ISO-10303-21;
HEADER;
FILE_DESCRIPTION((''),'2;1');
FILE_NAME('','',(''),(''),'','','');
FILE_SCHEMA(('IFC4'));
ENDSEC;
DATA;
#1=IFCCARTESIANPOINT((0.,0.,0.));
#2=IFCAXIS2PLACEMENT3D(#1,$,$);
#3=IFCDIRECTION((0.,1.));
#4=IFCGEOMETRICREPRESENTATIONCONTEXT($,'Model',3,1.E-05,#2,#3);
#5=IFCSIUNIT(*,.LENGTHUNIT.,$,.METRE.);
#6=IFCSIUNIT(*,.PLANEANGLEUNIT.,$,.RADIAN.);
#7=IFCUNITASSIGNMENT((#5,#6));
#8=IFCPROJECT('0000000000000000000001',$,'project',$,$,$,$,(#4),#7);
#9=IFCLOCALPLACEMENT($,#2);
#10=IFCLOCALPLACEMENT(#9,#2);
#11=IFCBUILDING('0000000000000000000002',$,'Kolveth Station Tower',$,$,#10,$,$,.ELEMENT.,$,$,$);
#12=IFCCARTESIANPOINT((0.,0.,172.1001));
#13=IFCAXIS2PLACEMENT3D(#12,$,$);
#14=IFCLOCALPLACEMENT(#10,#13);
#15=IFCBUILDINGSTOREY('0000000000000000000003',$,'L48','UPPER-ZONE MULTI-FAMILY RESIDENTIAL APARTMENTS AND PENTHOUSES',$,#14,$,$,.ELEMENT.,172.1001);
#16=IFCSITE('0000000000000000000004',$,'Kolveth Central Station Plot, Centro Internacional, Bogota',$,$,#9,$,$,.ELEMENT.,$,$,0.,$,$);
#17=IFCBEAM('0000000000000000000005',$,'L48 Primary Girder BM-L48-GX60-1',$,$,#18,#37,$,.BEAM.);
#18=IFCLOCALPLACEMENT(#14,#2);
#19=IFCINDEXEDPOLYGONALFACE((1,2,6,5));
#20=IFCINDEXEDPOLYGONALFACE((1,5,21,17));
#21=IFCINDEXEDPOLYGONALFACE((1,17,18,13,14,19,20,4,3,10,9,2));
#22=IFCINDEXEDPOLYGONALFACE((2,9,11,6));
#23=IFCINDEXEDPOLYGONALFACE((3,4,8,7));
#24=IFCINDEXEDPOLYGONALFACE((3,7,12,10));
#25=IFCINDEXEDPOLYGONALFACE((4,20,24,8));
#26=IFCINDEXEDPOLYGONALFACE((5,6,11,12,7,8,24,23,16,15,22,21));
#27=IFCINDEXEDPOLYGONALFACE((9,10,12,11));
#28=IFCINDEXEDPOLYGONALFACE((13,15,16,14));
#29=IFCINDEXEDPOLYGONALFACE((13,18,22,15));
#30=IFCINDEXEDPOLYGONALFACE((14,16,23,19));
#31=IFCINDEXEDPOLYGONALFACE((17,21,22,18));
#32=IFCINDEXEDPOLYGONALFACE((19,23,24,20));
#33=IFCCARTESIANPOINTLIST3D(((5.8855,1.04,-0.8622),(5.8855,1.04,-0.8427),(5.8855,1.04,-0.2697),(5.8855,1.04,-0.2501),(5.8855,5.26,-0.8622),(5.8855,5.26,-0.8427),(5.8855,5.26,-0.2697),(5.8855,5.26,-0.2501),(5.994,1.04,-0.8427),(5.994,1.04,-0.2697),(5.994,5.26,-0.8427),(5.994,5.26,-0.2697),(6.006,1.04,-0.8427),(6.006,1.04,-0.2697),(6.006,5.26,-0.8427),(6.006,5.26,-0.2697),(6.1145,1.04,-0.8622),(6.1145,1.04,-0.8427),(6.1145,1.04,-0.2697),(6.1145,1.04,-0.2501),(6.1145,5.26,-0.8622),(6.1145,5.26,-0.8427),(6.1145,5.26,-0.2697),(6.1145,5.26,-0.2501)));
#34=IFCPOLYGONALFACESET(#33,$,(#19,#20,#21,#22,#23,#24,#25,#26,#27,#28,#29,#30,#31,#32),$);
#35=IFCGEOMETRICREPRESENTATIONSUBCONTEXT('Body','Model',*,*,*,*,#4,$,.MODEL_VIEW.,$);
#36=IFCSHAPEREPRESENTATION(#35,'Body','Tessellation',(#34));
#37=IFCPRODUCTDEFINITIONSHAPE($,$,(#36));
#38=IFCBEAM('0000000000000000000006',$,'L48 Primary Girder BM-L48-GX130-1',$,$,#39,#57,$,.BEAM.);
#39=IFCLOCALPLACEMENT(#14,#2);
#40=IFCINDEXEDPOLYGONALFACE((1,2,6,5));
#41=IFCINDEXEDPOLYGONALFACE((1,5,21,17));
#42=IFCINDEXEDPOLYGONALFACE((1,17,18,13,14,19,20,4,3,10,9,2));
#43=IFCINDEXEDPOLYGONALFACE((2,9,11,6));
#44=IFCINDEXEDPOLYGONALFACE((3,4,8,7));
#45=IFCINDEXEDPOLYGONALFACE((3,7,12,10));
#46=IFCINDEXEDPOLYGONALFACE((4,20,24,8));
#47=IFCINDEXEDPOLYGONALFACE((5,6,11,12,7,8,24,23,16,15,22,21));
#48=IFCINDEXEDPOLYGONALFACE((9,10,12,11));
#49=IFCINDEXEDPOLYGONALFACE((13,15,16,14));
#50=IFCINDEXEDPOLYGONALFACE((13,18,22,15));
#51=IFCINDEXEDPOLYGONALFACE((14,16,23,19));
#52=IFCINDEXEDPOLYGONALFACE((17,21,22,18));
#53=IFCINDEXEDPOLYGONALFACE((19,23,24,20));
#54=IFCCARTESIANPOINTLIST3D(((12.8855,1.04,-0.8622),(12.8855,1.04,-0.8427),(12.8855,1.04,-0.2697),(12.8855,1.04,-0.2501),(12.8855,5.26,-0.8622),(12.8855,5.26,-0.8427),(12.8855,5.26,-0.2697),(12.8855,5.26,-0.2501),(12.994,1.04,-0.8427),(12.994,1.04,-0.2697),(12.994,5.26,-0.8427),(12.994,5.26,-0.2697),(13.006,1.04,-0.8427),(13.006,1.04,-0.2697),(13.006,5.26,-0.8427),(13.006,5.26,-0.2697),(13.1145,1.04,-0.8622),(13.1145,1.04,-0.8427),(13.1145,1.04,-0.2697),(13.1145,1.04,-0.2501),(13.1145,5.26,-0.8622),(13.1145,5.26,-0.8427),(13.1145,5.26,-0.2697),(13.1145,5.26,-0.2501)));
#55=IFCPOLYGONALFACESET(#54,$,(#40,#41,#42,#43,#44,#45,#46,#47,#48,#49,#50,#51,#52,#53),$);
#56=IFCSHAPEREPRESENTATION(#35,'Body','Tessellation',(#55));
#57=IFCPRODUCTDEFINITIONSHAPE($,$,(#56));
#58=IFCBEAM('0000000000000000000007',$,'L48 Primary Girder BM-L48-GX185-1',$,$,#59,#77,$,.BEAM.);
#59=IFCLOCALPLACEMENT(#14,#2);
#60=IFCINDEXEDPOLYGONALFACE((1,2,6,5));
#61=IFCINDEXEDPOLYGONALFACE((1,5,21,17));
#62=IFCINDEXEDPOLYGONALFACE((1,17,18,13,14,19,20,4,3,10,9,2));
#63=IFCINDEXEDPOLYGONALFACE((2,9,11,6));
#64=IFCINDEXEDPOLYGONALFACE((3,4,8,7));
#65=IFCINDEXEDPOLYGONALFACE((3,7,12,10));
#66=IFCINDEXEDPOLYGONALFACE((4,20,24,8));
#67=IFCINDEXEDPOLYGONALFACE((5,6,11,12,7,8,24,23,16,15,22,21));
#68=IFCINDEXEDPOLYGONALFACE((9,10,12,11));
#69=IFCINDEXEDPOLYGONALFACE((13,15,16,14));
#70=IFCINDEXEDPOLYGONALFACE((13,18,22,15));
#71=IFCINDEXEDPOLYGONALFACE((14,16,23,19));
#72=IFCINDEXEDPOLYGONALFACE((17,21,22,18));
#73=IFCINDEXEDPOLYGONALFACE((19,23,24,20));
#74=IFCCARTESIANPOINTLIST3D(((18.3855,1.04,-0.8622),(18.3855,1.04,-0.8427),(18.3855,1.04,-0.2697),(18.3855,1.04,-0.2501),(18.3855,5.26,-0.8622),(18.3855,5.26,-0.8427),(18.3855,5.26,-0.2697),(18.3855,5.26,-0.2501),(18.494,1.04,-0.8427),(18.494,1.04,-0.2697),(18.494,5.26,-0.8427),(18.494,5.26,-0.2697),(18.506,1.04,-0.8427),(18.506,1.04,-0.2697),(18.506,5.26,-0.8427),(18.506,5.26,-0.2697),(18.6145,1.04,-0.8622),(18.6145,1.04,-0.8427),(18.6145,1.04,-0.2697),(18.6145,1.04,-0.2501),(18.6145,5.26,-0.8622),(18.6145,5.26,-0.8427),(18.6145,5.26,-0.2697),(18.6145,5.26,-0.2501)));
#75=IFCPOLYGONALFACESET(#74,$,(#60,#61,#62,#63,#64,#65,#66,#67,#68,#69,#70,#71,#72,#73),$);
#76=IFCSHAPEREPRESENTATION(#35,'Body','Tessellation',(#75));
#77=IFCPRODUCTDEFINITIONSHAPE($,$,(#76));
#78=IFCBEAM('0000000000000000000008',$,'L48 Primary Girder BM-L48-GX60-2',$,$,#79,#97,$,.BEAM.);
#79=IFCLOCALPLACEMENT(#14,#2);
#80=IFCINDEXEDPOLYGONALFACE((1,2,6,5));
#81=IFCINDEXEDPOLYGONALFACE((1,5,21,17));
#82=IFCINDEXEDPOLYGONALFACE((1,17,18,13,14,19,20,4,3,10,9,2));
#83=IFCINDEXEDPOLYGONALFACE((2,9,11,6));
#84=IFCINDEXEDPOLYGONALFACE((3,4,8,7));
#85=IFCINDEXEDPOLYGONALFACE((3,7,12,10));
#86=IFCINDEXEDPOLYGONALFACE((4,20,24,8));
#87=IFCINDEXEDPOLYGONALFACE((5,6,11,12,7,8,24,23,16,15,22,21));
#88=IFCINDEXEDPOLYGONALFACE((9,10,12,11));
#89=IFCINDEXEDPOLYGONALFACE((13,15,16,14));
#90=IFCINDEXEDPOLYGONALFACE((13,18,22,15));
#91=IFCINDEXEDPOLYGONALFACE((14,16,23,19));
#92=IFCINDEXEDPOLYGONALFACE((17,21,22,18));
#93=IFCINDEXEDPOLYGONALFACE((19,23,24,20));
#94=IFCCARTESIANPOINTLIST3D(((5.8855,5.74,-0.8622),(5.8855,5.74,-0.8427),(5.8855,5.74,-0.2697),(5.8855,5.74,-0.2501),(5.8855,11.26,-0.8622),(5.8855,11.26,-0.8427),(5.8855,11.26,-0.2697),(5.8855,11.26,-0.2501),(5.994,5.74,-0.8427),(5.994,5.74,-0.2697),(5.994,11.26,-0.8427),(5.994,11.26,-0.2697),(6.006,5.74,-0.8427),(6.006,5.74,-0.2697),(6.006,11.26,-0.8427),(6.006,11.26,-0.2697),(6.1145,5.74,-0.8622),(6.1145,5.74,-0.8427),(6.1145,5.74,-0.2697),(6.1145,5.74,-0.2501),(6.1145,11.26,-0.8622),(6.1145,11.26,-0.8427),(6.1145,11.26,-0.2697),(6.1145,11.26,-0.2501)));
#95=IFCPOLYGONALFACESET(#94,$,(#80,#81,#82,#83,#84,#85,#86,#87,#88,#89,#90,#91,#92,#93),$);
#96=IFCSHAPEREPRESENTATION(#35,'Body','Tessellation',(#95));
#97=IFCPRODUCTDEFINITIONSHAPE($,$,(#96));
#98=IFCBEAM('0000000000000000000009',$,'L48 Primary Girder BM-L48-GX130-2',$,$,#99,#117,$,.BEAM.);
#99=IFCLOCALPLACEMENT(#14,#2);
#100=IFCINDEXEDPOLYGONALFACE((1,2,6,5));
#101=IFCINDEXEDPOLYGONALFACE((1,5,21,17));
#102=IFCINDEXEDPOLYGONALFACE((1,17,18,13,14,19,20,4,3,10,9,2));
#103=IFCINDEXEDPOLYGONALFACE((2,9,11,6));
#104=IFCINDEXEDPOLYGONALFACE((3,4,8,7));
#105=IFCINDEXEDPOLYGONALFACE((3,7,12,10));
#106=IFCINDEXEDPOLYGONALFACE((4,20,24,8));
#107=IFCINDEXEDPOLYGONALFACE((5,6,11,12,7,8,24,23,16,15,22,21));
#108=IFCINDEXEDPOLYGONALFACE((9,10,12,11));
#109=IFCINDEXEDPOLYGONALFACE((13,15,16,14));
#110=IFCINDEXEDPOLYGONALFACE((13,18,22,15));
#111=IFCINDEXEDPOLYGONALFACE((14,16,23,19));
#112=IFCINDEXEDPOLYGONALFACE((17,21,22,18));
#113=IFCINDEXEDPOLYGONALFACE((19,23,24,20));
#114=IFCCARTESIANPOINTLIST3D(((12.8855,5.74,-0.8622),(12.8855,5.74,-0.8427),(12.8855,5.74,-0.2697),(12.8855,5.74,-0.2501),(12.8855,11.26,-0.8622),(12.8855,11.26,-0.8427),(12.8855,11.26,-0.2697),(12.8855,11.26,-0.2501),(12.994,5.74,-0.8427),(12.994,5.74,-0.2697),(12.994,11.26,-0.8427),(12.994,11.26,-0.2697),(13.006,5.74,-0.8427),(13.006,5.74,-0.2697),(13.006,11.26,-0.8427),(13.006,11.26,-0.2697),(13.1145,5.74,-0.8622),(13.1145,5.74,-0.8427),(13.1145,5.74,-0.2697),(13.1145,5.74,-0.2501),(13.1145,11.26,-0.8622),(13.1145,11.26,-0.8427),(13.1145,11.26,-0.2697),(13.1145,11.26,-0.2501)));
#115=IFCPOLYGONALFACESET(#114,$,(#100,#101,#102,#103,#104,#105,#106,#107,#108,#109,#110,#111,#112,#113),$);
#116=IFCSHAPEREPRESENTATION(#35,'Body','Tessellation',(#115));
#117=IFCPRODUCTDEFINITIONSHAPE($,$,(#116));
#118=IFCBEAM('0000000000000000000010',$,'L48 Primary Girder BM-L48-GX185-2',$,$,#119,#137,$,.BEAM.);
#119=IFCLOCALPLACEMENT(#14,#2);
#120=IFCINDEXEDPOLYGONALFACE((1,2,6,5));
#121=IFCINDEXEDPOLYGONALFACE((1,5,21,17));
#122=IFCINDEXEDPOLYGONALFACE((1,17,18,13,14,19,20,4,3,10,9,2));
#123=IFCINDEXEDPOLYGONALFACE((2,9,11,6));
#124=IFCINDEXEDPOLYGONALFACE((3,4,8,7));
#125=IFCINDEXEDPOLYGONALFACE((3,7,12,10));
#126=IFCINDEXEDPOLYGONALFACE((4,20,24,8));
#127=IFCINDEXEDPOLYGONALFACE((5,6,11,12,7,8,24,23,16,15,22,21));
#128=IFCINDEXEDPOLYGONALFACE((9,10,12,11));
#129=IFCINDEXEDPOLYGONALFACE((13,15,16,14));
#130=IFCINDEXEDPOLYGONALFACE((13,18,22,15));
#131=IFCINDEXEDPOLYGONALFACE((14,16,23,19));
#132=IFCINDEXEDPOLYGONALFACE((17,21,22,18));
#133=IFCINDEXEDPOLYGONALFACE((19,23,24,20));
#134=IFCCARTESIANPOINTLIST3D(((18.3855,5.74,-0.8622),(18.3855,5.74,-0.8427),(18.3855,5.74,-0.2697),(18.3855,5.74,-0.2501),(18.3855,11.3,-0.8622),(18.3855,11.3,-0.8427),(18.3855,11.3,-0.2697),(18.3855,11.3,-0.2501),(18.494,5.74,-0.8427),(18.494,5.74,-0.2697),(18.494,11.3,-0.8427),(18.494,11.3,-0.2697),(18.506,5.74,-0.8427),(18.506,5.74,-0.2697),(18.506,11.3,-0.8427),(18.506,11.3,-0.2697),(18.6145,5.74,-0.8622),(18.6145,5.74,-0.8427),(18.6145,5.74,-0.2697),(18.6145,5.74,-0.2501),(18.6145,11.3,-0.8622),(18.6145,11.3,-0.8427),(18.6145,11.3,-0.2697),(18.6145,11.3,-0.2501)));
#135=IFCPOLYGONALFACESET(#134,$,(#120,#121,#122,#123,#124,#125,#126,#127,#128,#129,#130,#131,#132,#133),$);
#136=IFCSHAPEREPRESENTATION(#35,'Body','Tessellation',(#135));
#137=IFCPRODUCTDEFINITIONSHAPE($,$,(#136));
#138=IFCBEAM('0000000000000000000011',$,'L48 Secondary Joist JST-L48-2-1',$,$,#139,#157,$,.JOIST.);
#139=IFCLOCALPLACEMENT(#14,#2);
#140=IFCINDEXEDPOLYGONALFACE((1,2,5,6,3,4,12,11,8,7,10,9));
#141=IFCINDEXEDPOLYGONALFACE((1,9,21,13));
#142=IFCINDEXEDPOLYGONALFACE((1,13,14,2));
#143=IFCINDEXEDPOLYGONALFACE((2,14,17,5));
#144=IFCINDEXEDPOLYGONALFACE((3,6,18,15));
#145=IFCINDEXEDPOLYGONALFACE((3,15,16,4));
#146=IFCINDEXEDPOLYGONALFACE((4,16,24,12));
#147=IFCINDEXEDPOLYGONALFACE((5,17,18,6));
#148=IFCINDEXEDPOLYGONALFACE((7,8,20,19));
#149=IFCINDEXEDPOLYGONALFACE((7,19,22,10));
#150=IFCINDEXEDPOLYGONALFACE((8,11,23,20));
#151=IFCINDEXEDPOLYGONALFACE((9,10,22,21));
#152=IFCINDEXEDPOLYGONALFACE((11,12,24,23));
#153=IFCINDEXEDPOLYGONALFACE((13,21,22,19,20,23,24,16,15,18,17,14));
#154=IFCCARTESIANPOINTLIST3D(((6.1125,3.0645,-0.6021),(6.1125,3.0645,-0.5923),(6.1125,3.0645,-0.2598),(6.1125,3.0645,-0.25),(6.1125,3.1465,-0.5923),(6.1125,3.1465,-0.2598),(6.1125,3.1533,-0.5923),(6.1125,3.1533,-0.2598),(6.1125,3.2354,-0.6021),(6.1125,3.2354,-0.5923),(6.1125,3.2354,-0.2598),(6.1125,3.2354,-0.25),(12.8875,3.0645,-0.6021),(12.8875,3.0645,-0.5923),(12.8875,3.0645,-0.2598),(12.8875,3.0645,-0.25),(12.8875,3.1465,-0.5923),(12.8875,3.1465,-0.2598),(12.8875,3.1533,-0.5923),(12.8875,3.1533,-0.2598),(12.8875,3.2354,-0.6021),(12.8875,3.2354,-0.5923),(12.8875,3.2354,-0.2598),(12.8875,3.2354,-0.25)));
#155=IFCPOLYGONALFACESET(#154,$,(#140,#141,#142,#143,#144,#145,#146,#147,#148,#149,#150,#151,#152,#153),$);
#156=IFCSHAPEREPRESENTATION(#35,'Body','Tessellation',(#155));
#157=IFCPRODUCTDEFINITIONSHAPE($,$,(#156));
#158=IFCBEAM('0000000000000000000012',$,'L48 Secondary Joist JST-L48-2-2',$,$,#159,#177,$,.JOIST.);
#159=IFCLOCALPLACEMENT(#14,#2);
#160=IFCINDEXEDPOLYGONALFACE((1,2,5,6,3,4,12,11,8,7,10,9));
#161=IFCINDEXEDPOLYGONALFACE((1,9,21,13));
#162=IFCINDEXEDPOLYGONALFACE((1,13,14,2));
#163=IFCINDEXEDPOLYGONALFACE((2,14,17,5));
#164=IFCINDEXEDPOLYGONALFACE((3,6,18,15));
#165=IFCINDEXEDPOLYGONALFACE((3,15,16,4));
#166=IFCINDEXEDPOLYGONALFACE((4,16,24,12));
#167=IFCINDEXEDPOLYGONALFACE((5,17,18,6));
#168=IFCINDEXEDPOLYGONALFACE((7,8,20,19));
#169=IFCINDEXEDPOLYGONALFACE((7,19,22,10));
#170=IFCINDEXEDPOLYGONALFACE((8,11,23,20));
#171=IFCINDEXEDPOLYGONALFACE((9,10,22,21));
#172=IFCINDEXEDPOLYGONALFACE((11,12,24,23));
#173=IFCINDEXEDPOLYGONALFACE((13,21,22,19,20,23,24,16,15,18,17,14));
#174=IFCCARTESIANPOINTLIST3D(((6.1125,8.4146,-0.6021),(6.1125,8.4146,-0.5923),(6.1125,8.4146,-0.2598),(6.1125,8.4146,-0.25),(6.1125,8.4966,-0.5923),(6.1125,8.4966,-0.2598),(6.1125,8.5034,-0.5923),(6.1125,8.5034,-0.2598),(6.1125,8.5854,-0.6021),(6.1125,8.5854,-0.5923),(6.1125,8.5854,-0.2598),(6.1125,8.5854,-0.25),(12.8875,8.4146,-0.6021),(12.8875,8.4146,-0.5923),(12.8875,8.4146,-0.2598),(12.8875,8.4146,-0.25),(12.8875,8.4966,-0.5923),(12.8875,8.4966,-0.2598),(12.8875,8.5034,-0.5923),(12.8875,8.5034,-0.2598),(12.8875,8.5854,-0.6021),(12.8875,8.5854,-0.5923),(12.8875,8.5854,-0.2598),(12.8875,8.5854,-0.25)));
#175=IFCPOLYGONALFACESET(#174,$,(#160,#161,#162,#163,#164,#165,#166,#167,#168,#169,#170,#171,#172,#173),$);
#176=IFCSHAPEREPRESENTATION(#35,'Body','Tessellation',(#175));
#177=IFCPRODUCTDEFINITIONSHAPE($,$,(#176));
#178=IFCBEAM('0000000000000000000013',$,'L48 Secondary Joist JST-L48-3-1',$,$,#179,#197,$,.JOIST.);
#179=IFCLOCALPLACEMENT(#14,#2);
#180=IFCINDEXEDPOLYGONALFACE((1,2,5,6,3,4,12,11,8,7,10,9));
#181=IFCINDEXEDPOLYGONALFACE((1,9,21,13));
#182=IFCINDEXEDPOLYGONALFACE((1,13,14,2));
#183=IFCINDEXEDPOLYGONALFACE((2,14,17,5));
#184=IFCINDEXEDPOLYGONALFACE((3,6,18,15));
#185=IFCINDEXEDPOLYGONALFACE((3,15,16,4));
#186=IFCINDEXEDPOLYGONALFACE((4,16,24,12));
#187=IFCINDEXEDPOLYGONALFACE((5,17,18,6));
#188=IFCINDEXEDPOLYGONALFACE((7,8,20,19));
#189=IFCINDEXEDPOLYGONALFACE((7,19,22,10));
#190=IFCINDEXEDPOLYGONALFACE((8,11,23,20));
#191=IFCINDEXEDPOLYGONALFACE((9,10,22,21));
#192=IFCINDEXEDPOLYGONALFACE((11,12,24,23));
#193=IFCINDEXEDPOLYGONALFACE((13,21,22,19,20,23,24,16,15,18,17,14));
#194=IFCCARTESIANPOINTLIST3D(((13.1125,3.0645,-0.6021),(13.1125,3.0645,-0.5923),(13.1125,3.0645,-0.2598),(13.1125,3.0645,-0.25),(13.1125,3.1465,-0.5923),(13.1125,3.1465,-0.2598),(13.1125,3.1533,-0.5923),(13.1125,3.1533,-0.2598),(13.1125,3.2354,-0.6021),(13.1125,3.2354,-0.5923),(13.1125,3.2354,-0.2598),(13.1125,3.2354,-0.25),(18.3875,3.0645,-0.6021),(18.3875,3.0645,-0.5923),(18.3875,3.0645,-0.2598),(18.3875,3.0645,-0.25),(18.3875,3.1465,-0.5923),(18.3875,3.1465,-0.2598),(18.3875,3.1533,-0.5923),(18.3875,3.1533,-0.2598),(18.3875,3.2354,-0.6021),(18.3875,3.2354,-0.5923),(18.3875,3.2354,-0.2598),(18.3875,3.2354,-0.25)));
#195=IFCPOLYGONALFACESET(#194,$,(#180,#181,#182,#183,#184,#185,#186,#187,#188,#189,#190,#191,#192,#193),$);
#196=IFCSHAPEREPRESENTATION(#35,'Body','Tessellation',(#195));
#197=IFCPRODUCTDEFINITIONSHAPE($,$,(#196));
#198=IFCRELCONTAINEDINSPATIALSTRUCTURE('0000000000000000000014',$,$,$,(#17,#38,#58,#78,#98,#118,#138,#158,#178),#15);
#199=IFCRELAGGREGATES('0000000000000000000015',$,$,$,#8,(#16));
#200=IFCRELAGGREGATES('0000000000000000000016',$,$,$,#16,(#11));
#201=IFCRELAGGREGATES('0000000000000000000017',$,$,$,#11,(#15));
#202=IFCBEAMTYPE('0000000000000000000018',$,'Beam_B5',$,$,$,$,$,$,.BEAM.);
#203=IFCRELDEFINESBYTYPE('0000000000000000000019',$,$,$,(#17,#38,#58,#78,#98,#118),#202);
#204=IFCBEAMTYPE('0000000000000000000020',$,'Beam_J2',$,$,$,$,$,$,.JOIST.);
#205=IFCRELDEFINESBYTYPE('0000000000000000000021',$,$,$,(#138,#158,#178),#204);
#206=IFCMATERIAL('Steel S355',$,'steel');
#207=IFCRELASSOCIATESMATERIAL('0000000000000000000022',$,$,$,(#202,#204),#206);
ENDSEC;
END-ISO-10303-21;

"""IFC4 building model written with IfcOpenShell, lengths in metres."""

from ifc_helpers import new_model, si_unit, direction, frame, origin, origin_2d, place, context, subcontext, project, spatial, i_section, extrude, source, transform, mapped, material, material_profile, profile_set, type_object, element, save


model = new_model("IFC4")

# Units and contexts
model_context = context("Model", 3, precision=1e-05, world=origin(), true_north=direction((0.0, 1.0)))
body_context = subcontext(model_context, "Body", "Model", "MODEL_VIEW")
ifc_project = project(units=[si_unit("LENGTHUNIT", "METRE"), si_unit("PLANEANGLEUNIT", "RADIAN")], contexts=[model_context])

# Site, building, storey
site_placement = place(None, origin())
site = spatial("IfcSite", under=ifc_project, at=site_placement, Name="Kolveth Central Station Plot, Centro Internacional, Bogota", CompositionType="ELEMENT", RefElevation=0.0)
building_placement = place(site_placement, origin())
building = spatial("IfcBuilding", under=site, at=building_placement, Name="Kolveth Station Tower", CompositionType="ELEMENT")
storey_placement = place(building_placement, frame((0.0, 0.0, 172.1001)))
storey = spatial("IfcBuildingStorey", under=building, at=storey_placement, Name="L48", Description="UPPER-ZONE MULTI-FAMILY RESIDENTIAL APARTMENTS AND PENTHOUSES", CompositionType="ELEMENT", Elevation=172.1001)

# Shared definitions
ifc_material = material(Name="Steel S355", Category="steel")

# Beams
ifc_material_profile_1 = material_profile(ifc_material, i_section(OverallWidth=0.229, OverallDepth=0.6121, WebThickness=0.012, FlangeThickness=0.0195, at=origin_2d()), Name="W610x125")
ifc_profile_set_1 = profile_set([ifc_material_profile_1], Name="Steel S355")
beam_type_1 = type_object("IfcBeamType", Name="Beam_B5", PredefinedType="BEAM", material=ifc_profile_set_1)
shared_shape_1 = source(origin(), body_context, "Body", "SweptSolid", [
    extrude(i_section(OverallWidth=0.229, OverallDepth=0.6121, WebThickness=0.012, FlangeThickness=0.0195, at=origin_2d()), origin(), (0.0, 0.0, 1.0), 4.22),
])
for number, where, z_axis, x_axis, name in (
    (1, (6.0, 1.04, -0.5562), (0.0, 1.0, 0.0), (-1.0, 0.0, 0.0), "L48 Primary Girder BM-L48-GX60-1"),
    (2, (13.0, 1.04, -0.5562), (0.0, 1.0, 0.0), (-1.0, 0.0, 0.0), "L48 Primary Girder BM-L48-GX130-1"),
    (3, (18.5, 1.04, -0.5562), (0.0, 1.0, 0.0), (-1.0, 0.0, 0.0), "L48 Primary Girder BM-L48-GX185-1"),
):
    element("IfcBeam", number, at=place(storey_placement, frame(where, z_axis=z_axis, x_axis=x_axis)), inside=storey, type_object=beam_type_1, Name=name, PredefinedType="BEAM", context=body_context, shape_type="MappedRepresentation", body=[
        mapped(shared_shape_1, transform((0.0, 0.0, 0.0), x_axis=(1.0, 0.0, 0.0), y_axis=(0.0, 1.0, 0.0), z_axis=(0.0, 0.0, 1.0), scale=1.0)),
    ])
shared_shape_2 = source(origin(), body_context, "Body", "SweptSolid", [
    extrude(i_section(OverallWidth=0.229, OverallDepth=0.6121, WebThickness=0.012, FlangeThickness=0.0195, at=origin_2d()), origin(), (0.0, 0.0, 1.0), 5.52),
])
for number, where, z_axis, x_axis, name in (
    (4, (6.0, 5.74, -0.5562), (0.0, 1.0, 0.0), (-1.0, 0.0, 0.0), "L48 Primary Girder BM-L48-GX60-2"),
    (5, (13.0, 5.74, -0.5562), (0.0, 1.0, 0.0), (-1.0, 0.0, 0.0), "L48 Primary Girder BM-L48-GX130-2"),
):
    element("IfcBeam", number, at=place(storey_placement, frame(where, z_axis=z_axis, x_axis=x_axis)), inside=storey, type_object=beam_type_1, Name=name, PredefinedType="BEAM", context=body_context, shape_type="MappedRepresentation", body=[
        mapped(shared_shape_2, transform((0.0, 0.0, 0.0), x_axis=(1.0, 0.0, 0.0), y_axis=(0.0, 1.0, 0.0), z_axis=(0.0, 0.0, 1.0), scale=1.0)),
    ])
shared_shape_3 = source(origin(), body_context, "Body", "SweptSolid", [
    extrude(i_section(OverallWidth=0.229, OverallDepth=0.6121, WebThickness=0.012, FlangeThickness=0.0195, at=origin_2d()), origin(), (0.0, 0.0, 1.0), 5.5601),
])
beam_1_placement = place(storey_placement, frame((18.5, 5.74, -0.5562), z_axis=(0.0, 1.0, 0.0), x_axis=(-1.0, 0.0, 0.0)))
element("IfcBeam", 6, at=beam_1_placement, inside=storey, type_object=beam_type_1, Name="L48 Primary Girder BM-L48-GX185-2", PredefinedType="BEAM", context=body_context, shape_type="MappedRepresentation", body=[
    mapped(shared_shape_3, transform((0.0, 0.0, 0.0), x_axis=(1.0, 0.0, 0.0), y_axis=(0.0, 1.0, 0.0), z_axis=(0.0, 0.0, 1.0), scale=1.0)),
])
ifc_material_profile_2 = material_profile(ifc_material, i_section(OverallWidth=0.1709, OverallDepth=0.3521, WebThickness=0.0068, FlangeThickness=0.0098, at=origin_2d()), Name="W360x44")
ifc_profile_set_2 = profile_set([ifc_material_profile_2], Name="Steel S355")
beam_type_2 = type_object("IfcBeamType", Name="Beam_J2", PredefinedType="JOIST", material=ifc_profile_set_2)
shared_shape_4 = source(origin(), body_context, "Body", "SweptSolid", [
    extrude(i_section(OverallWidth=0.1709, OverallDepth=0.3521, WebThickness=0.0068, FlangeThickness=0.0098, at=origin_2d()), origin(), (0.0, 0.0, 1.0), 6.7749),
])
for number, where, z_axis, x_axis, name in (
    (7, (6.1125, 3.1499, -0.426), (1.0, 0.0, 0.0), (0.0, 1.0, 0.0), "L48 Secondary Joist JST-L48-2-1"),
    (8, (6.1125, 8.5, -0.426), (1.0, 0.0, 0.0), (0.0, 1.0, 0.0), "L48 Secondary Joist JST-L48-2-2"),
):
    element("IfcBeam", number, at=place(storey_placement, frame(where, z_axis=z_axis, x_axis=x_axis)), inside=storey, type_object=beam_type_2, Name=name, PredefinedType="JOIST", context=body_context, shape_type="MappedRepresentation", body=[
        mapped(shared_shape_4, transform((0.0, 0.0, 0.0), x_axis=(1.0, 0.0, 0.0), y_axis=(0.0, 1.0, 0.0), z_axis=(0.0, 0.0, 1.0), scale=1.0)),
    ])
shared_shape_5 = source(origin(), body_context, "Body", "SweptSolid", [
    extrude(i_section(OverallWidth=0.1709, OverallDepth=0.3521, WebThickness=0.0068, FlangeThickness=0.0098, at=origin_2d()), origin(), (0.0, 0.0, 1.0), 5.2749),
])
for number, where, z_axis, x_axis, name in (
    (9, (13.1125, 3.1499, -0.426), (1.0, 0.0, 0.0), (0.0, 1.0, 0.0), "L48 Secondary Joist JST-L48-3-1"),
):
    element("IfcBeam", number, at=place(storey_placement, frame(where, z_axis=z_axis, x_axis=x_axis)), inside=storey, type_object=beam_type_2, Name=name, PredefinedType="JOIST", context=body_context, shape_type="MappedRepresentation", body=[
        mapped(shared_shape_5, transform((0.0, 0.0, 0.0), x_axis=(1.0, 0.0, 0.0), y_axis=(0.0, 1.0, 0.0), z_axis=(0.0, 0.0, 1.0), scale=1.0)),
    ])

save(model, "model.ifc")
